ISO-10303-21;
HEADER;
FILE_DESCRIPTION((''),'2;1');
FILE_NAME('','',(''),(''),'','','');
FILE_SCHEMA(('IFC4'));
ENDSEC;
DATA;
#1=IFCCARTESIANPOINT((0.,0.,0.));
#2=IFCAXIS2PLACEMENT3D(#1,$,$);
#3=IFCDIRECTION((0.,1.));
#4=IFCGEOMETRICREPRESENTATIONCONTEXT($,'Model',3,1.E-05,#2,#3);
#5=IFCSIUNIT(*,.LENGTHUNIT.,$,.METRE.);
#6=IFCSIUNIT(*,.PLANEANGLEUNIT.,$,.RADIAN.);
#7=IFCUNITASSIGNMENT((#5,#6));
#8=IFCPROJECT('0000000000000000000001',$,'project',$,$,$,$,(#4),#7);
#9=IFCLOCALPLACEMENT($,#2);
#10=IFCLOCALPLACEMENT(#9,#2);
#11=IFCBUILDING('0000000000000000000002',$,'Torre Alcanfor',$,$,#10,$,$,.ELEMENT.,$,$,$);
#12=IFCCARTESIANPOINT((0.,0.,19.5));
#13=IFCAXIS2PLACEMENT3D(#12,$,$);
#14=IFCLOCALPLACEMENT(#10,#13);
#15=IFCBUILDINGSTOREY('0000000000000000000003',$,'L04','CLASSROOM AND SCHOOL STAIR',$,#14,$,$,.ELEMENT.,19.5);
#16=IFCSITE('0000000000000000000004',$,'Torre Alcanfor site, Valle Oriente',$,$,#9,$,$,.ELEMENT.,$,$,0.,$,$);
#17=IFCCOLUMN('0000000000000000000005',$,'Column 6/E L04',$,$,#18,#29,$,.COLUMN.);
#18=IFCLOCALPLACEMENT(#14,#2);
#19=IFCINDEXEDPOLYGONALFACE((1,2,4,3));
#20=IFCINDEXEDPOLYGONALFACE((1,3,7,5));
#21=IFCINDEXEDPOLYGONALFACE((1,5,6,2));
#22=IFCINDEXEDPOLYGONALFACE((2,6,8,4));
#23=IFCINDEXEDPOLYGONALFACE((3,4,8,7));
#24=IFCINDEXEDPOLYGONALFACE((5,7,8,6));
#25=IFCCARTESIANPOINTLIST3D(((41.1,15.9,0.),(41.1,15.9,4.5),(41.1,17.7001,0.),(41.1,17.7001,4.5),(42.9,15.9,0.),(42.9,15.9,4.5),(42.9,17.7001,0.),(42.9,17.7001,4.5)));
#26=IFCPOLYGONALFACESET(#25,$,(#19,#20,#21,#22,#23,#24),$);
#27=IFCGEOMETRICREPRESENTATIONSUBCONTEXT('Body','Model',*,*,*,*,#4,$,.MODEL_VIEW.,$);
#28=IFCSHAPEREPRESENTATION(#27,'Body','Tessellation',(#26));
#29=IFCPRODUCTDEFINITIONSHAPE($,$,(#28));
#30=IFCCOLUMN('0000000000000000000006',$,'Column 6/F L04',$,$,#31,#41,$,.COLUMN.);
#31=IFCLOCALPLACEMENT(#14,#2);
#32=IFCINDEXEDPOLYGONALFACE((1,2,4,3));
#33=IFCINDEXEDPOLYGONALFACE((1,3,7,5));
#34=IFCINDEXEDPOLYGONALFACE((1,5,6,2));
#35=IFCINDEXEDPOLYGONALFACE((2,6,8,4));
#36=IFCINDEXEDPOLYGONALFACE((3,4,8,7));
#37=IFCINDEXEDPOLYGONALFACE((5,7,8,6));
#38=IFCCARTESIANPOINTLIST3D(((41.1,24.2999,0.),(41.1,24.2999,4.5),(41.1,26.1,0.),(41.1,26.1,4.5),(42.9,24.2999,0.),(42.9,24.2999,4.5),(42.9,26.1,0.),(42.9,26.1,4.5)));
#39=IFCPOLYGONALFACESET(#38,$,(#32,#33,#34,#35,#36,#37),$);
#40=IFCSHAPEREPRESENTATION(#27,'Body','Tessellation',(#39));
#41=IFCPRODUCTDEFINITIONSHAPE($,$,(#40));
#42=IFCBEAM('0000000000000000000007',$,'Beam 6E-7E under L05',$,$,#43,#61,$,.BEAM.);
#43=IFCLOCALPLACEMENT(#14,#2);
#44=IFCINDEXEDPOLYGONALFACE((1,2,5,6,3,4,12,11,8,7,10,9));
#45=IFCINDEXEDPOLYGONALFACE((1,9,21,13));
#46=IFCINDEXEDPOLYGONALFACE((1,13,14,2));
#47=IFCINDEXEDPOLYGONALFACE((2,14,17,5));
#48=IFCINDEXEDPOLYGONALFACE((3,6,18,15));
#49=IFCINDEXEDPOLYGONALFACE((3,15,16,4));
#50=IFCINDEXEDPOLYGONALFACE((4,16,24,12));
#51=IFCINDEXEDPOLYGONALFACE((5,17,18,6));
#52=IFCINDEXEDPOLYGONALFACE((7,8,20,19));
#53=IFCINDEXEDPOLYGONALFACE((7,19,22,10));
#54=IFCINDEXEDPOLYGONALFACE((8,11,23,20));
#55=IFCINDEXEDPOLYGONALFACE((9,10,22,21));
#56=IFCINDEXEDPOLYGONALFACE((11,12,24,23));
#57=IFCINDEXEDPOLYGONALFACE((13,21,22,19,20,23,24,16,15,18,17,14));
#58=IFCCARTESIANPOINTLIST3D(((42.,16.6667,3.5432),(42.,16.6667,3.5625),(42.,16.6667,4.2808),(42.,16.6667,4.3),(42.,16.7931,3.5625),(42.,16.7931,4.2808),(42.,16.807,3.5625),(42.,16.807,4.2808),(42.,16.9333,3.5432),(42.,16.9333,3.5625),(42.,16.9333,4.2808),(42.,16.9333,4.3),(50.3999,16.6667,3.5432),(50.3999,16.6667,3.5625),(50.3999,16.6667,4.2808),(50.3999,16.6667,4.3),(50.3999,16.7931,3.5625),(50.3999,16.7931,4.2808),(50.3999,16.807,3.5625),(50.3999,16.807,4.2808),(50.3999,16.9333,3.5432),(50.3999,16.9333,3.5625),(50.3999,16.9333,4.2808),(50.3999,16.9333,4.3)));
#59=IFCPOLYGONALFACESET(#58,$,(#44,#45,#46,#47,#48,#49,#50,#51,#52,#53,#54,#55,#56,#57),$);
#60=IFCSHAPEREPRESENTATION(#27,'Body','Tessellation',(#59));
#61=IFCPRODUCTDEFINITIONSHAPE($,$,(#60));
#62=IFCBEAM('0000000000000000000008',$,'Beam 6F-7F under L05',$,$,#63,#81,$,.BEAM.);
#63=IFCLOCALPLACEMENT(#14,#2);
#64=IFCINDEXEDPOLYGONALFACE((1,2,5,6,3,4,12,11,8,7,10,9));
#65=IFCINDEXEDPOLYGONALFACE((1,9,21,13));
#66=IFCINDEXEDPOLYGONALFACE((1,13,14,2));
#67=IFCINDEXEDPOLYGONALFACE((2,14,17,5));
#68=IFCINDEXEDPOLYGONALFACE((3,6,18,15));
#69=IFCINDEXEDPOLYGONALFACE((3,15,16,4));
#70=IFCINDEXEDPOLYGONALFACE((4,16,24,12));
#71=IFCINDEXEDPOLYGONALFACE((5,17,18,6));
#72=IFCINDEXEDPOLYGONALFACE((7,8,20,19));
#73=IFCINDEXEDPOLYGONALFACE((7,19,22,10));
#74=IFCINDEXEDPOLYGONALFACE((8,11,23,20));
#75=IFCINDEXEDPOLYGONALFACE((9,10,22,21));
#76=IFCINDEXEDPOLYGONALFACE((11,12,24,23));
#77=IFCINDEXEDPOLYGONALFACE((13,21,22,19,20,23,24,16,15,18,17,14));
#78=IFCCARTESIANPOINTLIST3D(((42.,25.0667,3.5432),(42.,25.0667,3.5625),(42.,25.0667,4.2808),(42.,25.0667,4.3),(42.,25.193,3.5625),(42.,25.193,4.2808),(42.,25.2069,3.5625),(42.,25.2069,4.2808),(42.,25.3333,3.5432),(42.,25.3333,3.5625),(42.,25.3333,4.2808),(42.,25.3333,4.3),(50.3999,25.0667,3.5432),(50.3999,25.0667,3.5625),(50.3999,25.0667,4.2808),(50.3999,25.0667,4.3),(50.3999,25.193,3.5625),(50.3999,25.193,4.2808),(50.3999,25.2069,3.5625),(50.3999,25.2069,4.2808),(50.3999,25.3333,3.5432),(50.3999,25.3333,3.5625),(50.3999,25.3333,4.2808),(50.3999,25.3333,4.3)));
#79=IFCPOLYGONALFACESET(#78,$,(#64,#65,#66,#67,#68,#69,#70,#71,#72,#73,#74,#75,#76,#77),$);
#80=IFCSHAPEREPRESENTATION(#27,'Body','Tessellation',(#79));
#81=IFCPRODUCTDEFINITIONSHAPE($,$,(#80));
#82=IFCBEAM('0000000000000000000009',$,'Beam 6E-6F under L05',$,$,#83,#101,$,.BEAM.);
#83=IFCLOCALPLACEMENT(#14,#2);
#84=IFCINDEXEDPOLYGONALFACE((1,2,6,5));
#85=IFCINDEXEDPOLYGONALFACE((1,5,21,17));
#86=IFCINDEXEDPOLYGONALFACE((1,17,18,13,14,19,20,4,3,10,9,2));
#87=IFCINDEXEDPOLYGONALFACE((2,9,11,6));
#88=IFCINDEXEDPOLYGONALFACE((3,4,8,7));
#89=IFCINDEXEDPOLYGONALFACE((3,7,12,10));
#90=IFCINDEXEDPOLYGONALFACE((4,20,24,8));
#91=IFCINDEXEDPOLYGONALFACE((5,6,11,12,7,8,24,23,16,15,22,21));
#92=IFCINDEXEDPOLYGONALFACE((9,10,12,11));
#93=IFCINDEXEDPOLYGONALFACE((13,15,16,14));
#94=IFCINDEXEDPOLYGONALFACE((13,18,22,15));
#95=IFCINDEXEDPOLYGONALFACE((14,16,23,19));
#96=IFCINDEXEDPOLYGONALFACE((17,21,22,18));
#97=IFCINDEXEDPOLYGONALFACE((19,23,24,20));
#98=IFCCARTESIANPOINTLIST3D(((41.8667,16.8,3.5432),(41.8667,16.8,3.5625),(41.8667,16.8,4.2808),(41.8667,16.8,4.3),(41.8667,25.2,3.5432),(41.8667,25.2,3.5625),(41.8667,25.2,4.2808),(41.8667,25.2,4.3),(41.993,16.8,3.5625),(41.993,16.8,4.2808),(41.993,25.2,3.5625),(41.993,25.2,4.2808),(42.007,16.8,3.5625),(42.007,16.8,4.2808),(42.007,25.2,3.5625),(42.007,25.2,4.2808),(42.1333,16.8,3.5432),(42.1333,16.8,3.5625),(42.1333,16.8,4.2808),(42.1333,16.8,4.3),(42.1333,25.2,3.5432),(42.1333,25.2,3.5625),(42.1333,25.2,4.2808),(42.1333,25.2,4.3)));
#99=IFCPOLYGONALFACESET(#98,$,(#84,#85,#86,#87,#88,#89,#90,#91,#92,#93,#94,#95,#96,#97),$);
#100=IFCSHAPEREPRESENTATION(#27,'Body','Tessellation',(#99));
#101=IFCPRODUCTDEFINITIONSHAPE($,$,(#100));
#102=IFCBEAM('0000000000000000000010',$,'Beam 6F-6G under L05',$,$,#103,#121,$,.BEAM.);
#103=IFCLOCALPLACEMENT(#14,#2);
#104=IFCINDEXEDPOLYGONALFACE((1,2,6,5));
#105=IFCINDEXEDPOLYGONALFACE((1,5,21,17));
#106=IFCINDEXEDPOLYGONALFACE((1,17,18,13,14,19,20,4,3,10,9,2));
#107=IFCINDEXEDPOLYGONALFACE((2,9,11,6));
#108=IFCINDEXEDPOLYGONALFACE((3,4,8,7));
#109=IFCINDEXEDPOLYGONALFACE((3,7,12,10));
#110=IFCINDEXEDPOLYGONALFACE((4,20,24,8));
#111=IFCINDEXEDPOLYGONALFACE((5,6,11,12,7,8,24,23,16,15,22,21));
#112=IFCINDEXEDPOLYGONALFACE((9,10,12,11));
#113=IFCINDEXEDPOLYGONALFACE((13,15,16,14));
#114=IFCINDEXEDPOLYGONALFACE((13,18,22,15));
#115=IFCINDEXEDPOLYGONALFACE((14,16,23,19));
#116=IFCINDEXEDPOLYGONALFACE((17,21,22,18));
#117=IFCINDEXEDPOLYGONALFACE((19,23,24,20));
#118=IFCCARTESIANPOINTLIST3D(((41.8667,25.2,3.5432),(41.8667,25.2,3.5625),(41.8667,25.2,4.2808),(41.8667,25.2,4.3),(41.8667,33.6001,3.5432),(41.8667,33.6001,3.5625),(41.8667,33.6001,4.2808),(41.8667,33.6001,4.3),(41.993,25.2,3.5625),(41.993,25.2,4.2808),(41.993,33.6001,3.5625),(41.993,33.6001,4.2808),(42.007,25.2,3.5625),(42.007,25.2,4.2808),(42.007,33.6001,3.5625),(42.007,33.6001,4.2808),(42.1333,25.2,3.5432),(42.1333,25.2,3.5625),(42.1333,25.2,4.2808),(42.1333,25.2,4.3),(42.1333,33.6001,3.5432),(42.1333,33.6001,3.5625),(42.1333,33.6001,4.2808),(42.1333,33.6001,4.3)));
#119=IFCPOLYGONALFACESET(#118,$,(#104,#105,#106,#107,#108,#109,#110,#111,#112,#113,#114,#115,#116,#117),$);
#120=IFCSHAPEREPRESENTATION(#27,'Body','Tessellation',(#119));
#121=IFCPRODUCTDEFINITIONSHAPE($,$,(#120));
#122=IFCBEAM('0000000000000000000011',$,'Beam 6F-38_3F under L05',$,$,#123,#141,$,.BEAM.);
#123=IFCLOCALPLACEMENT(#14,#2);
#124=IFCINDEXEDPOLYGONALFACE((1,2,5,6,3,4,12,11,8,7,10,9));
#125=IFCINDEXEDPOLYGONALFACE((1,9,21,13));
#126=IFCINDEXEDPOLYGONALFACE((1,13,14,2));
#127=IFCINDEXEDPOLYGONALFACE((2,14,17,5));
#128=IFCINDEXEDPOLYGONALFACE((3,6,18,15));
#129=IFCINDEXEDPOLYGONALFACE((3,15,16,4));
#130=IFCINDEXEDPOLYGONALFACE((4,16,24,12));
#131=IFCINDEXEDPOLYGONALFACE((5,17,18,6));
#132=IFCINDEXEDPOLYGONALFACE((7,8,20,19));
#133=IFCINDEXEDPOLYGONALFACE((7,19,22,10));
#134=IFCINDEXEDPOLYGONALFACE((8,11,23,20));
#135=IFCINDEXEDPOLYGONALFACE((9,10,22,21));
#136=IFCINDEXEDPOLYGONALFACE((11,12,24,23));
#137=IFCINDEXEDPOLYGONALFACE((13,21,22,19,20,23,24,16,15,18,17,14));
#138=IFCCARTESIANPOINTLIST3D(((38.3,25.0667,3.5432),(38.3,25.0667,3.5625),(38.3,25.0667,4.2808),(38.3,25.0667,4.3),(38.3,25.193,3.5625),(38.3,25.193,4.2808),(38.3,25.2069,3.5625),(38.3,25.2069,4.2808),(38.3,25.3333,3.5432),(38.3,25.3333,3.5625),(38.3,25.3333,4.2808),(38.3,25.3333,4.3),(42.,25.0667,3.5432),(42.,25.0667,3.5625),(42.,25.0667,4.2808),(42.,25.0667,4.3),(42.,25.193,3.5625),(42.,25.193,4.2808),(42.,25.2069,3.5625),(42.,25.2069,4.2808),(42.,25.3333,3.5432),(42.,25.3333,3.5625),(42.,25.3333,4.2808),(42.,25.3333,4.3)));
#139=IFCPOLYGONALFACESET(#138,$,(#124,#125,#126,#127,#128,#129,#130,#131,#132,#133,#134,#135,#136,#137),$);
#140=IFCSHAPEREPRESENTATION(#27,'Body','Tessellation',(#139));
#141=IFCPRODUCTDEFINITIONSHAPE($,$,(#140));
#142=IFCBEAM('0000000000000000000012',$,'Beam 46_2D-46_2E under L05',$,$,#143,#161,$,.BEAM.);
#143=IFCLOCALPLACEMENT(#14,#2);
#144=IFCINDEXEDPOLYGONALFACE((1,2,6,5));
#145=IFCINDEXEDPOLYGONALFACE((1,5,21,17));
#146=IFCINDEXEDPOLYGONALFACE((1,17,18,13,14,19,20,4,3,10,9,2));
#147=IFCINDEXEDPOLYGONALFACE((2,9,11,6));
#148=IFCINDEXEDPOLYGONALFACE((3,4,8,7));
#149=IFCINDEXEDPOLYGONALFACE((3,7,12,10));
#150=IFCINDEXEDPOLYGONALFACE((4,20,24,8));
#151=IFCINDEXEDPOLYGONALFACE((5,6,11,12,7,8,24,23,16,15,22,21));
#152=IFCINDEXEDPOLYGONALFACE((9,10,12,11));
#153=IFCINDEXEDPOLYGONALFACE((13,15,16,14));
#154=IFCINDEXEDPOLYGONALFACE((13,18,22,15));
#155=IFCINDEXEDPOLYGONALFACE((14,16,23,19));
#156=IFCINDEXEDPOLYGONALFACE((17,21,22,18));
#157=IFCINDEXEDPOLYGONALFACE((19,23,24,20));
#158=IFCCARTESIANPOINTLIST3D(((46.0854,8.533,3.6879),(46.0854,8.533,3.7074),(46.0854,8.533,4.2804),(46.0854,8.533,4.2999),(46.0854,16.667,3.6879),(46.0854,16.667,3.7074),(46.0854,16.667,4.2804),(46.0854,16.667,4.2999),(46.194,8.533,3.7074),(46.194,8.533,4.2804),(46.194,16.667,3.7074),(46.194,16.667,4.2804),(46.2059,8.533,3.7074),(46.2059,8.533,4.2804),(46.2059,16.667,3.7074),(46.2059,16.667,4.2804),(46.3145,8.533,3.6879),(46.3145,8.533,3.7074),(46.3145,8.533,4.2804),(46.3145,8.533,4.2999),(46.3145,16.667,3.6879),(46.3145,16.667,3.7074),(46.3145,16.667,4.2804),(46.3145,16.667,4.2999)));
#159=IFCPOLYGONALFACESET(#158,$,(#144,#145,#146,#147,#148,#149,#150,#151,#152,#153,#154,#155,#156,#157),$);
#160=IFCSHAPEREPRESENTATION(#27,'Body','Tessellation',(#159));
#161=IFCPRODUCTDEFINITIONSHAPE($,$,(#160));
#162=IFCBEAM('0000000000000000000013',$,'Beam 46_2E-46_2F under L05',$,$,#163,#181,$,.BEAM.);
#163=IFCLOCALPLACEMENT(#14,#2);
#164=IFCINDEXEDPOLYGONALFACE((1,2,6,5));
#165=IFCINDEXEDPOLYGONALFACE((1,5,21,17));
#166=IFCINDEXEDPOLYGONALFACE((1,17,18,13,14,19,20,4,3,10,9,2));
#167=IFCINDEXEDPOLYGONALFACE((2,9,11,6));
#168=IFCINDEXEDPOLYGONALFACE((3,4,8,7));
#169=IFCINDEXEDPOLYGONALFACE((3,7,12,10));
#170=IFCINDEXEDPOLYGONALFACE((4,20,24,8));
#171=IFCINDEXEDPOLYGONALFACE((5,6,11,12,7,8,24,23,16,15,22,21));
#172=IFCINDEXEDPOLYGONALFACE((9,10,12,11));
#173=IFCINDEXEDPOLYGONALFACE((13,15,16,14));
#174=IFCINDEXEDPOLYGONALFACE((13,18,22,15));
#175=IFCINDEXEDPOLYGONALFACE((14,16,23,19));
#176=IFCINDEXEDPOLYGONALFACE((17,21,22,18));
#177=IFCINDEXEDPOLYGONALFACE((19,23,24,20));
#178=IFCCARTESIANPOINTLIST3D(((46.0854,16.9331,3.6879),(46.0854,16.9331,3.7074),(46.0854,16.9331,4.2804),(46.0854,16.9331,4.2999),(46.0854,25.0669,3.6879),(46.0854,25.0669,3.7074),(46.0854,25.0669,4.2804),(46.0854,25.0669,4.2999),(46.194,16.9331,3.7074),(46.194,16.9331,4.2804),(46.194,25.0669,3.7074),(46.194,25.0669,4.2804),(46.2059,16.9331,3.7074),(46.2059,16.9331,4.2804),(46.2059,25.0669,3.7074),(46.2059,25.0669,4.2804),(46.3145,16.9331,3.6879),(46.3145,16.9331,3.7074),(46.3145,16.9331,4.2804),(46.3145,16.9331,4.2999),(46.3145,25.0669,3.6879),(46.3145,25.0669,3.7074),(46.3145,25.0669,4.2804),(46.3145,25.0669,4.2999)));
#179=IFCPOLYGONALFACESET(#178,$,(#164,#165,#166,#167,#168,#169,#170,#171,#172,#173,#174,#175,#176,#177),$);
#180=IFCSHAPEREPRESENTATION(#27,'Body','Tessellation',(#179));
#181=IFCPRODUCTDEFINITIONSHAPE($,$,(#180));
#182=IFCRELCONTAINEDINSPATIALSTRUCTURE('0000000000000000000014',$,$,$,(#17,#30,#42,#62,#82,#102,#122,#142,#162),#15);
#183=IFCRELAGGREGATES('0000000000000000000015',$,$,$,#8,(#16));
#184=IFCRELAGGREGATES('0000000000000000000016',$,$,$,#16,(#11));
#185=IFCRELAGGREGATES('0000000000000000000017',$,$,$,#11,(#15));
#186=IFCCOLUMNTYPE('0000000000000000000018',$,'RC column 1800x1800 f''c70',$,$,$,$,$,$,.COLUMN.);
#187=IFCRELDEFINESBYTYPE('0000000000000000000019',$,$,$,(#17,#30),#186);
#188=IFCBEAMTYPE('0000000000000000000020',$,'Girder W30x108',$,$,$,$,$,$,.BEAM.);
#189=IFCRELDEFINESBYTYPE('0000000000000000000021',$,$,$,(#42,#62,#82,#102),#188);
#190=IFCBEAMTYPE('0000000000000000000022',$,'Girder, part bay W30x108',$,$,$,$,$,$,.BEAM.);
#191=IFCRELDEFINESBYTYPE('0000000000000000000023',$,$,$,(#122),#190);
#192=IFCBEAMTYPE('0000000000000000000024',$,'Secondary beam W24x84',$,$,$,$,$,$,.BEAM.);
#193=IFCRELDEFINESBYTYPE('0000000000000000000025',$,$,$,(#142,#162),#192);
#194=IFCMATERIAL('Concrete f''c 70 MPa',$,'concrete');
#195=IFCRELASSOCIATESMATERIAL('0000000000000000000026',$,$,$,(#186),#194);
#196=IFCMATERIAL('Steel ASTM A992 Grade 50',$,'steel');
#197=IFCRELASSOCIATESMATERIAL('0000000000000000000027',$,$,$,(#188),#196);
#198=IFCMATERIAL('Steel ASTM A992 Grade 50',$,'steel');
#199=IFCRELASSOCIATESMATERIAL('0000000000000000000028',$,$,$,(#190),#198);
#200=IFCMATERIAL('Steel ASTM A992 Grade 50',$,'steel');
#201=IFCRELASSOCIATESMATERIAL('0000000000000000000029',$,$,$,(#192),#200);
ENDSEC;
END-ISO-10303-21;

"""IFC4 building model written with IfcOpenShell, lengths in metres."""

from ifc_helpers import new_model, si_unit, direction, frame, origin, origin_2d, place, context, subcontext, project, spatial, rectangle, i_section, extrude, material, material_profile, profile_set, type_object, element, save


model = new_model("IFC4")

# Units and contexts
model_context = context("Model", 3, precision=1e-05, world=origin(), true_north=direction((0.0, 1.0)))
body_context = subcontext(model_context, "Body", "Model", "MODEL_VIEW")
ifc_project = project(units=[si_unit("LENGTHUNIT", "METRE"), si_unit("PLANEANGLEUNIT", "RADIAN")], contexts=[model_context])

# Site, building, storey
site_placement = place(None, origin())
site = spatial("IfcSite", under=ifc_project, at=site_placement, Name="Torre Alcanfor site, Valle Oriente", CompositionType="ELEMENT", RefElevation=0.0)
building_placement = place(site_placement, origin())
building = spatial("IfcBuilding", under=site, at=building_placement, Name="Torre Alcanfor", CompositionType="ELEMENT")
storey_placement = place(building_placement, frame((0.0, 0.0, 19.5)))
storey = spatial("IfcBuildingStorey", under=building, at=storey_placement, Name="L04", Description="CLASSROOM AND SCHOOL STAIR", CompositionType="ELEMENT", Elevation=19.5)

# Columns
ifc_material_1 = material(Name="Concrete f'c 70 MPa", Category="concrete")
ifc_material_profile_1 = material_profile(ifc_material_1, rectangle(XDim=1.8, YDim=1.8, at=origin_2d()), Name="1800x1800")
ifc_profile_set_1 = profile_set([ifc_material_profile_1], Name="Concrete f'c 70 MPa")
column_type = type_object("IfcColumnType", Name="RC column 1800x1800 f'c70", PredefinedType="COLUMN", material=ifc_profile_set_1)
for number, where, z_axis, x_axis, name in (
    (1, (42.0, 16.8, 0.0), (0.0, 0.0, 1.0), (1.0, 0.0, 0.0), "Column 6/E L04"),
    (2, (42.0, 25.2, 0.0), (0.0, 0.0, 1.0), (1.0, 0.0, 0.0), "Column 6/F L04"),
):
    element("IfcColumn", number, at=place(storey_placement, frame(where, z_axis=z_axis, x_axis=x_axis)), inside=storey, type_object=column_type, Name=name, PredefinedType="COLUMN", context=body_context, shape_type="SweptSolid", body=[
        extrude(rectangle(XDim=1.8, YDim=1.8, at=origin_2d()), origin(), (0.0, 0.0, 1.0), 4.5),
    ])

# Beams
ifc_material_2 = material(Name="Steel ASTM A992 Grade 50", Category="steel")
ifc_material_profile_2 = material_profile(ifc_material_2, i_section(OverallWidth=0.2666, OverallDepth=0.7568, WebThickness=0.0139, FlangeThickness=0.0193, at=origin_2d()), Name="W30x108")
ifc_profile_set_2 = profile_set([ifc_material_profile_2], Name="Steel ASTM A992 Grade 50")
beam_type_1 = type_object("IfcBeamType", Name="Girder W30x108", PredefinedType="BEAM", material=ifc_profile_set_2)
for number, where, z_axis, x_axis, name in (
    (3, (42.0, 16.8, 3.9216), (1.0, 0.0, 0.0), (0.0, 1.0, 0.0), "Beam 6E-7E under L05"),
    (4, (42.0, 25.2, 3.9216), (1.0, 0.0, 0.0), (0.0, 1.0, 0.0), "Beam 6F-7F under L05"),
    (5, (42.0, 16.8, 3.9216), (0.0, 1.0, 0.0), (-1.0, 0.0, 0.0), "Beam 6E-6F under L05"),
):
    element("IfcBeam", number, at=place(storey_placement, frame(where, z_axis=z_axis, x_axis=x_axis)), inside=storey, type_object=beam_type_1, Name=name, PredefinedType="BEAM", context=body_context, shape_type="SweptSolid", body=[
        extrude(i_section(OverallWidth=0.2666, OverallDepth=0.7568, WebThickness=0.0139, FlangeThickness=0.0193, at=origin_2d()), origin(), (0.0, 0.0, 1.0), 8.3999),
    ])
beam_1_placement = place(storey_placement, frame((42.0, 25.2, 3.9216), z_axis=(0.0, 1.0, 0.0), x_axis=(-1.0, 0.0, 0.0)))
element("IfcBeam", 6, at=beam_1_placement, inside=storey, type_object=beam_type_1, Name="Beam 6F-6G under L05", PredefinedType="BEAM", context=body_context, shape_type="SweptSolid", body=[
    extrude(i_section(OverallWidth=0.2666, OverallDepth=0.7568, WebThickness=0.0139, FlangeThickness=0.0193, at=origin_2d()), origin(), (0.0, 0.0, 1.0), 8.4001),
])
ifc_material_3 = material(Name="Steel ASTM A992 Grade 50", Category="steel")
ifc_material_profile_3 = material_profile(ifc_material_3, i_section(OverallWidth=0.2666, OverallDepth=0.7568, WebThickness=0.0139, FlangeThickness=0.0193, at=origin_2d()), Name="W30x108")
ifc_profile_set_3 = profile_set([ifc_material_profile_3], Name="Steel ASTM A992 Grade 50")
beam_type_2 = type_object("IfcBeamType", Name="Girder, part bay W30x108", PredefinedType="BEAM", material=ifc_profile_set_3)
beam_2_placement = place(storey_placement, frame((42.0, 25.2, 3.9216), z_axis=(-1.0, 0.0, 0.0), x_axis=(0.0, -1.0, 0.0)))
element("IfcBeam", 7, at=beam_2_placement, inside=storey, type_object=beam_type_2, Name="Beam 6F-38_3F under L05", PredefinedType="BEAM", context=body_context, shape_type="SweptSolid", body=[
    extrude(i_section(OverallWidth=0.2666, OverallDepth=0.7568, WebThickness=0.0139, FlangeThickness=0.0193, at=origin_2d()), origin(), (0.0, 0.0, 1.0), 3.7),
])
ifc_material_4 = material(Name="Steel ASTM A992 Grade 50", Category="steel")
ifc_material_profile_4 = material_profile(ifc_material_4, i_section(OverallWidth=0.229, OverallDepth=0.6121, WebThickness=0.012, FlangeThickness=0.0195, at=origin_2d()), Name="W24x84")
ifc_profile_set_4 = profile_set([ifc_material_profile_4], Name="Steel ASTM A992 Grade 50")
beam_type_3 = type_object("IfcBeamType", Name="Secondary beam W24x84", PredefinedType="BEAM", material=ifc_profile_set_4)
beam_3_placement = place(storey_placement, frame((46.2, 8.533, 3.9939), z_axis=(0.0, 1.0, 0.0), x_axis=(-1.0, 0.0, 0.0)))
element("IfcBeam", 8, at=beam_3_placement, inside=storey, type_object=beam_type_3, Name="Beam 46_2D-46_2E under L05", PredefinedType="BEAM", context=body_context, shape_type="SweptSolid", body=[
    extrude(i_section(OverallWidth=0.229, OverallDepth=0.6121, WebThickness=0.012, FlangeThickness=0.0195, at=origin_2d()), origin(), (0.0, 0.0, 1.0), 8.134),
])
beam_4_placement = place(storey_placement, frame((46.2, 16.9331, 3.9939), z_axis=(0.0, 1.0, 0.0), x_axis=(-1.0, 0.0, 0.0)))
element("IfcBeam", 9, at=beam_4_placement, inside=storey, type_object=beam_type_3, Name="Beam 46_2E-46_2F under L05", PredefinedType="BEAM", context=body_context, shape_type="SweptSolid", body=[
    extrude(i_section(OverallWidth=0.229, OverallDepth=0.6121, WebThickness=0.012, FlangeThickness=0.0195, at=origin_2d()), origin(), (0.0, 0.0, 1.0), 8.1338),
])

save(model, "model.ifc")
